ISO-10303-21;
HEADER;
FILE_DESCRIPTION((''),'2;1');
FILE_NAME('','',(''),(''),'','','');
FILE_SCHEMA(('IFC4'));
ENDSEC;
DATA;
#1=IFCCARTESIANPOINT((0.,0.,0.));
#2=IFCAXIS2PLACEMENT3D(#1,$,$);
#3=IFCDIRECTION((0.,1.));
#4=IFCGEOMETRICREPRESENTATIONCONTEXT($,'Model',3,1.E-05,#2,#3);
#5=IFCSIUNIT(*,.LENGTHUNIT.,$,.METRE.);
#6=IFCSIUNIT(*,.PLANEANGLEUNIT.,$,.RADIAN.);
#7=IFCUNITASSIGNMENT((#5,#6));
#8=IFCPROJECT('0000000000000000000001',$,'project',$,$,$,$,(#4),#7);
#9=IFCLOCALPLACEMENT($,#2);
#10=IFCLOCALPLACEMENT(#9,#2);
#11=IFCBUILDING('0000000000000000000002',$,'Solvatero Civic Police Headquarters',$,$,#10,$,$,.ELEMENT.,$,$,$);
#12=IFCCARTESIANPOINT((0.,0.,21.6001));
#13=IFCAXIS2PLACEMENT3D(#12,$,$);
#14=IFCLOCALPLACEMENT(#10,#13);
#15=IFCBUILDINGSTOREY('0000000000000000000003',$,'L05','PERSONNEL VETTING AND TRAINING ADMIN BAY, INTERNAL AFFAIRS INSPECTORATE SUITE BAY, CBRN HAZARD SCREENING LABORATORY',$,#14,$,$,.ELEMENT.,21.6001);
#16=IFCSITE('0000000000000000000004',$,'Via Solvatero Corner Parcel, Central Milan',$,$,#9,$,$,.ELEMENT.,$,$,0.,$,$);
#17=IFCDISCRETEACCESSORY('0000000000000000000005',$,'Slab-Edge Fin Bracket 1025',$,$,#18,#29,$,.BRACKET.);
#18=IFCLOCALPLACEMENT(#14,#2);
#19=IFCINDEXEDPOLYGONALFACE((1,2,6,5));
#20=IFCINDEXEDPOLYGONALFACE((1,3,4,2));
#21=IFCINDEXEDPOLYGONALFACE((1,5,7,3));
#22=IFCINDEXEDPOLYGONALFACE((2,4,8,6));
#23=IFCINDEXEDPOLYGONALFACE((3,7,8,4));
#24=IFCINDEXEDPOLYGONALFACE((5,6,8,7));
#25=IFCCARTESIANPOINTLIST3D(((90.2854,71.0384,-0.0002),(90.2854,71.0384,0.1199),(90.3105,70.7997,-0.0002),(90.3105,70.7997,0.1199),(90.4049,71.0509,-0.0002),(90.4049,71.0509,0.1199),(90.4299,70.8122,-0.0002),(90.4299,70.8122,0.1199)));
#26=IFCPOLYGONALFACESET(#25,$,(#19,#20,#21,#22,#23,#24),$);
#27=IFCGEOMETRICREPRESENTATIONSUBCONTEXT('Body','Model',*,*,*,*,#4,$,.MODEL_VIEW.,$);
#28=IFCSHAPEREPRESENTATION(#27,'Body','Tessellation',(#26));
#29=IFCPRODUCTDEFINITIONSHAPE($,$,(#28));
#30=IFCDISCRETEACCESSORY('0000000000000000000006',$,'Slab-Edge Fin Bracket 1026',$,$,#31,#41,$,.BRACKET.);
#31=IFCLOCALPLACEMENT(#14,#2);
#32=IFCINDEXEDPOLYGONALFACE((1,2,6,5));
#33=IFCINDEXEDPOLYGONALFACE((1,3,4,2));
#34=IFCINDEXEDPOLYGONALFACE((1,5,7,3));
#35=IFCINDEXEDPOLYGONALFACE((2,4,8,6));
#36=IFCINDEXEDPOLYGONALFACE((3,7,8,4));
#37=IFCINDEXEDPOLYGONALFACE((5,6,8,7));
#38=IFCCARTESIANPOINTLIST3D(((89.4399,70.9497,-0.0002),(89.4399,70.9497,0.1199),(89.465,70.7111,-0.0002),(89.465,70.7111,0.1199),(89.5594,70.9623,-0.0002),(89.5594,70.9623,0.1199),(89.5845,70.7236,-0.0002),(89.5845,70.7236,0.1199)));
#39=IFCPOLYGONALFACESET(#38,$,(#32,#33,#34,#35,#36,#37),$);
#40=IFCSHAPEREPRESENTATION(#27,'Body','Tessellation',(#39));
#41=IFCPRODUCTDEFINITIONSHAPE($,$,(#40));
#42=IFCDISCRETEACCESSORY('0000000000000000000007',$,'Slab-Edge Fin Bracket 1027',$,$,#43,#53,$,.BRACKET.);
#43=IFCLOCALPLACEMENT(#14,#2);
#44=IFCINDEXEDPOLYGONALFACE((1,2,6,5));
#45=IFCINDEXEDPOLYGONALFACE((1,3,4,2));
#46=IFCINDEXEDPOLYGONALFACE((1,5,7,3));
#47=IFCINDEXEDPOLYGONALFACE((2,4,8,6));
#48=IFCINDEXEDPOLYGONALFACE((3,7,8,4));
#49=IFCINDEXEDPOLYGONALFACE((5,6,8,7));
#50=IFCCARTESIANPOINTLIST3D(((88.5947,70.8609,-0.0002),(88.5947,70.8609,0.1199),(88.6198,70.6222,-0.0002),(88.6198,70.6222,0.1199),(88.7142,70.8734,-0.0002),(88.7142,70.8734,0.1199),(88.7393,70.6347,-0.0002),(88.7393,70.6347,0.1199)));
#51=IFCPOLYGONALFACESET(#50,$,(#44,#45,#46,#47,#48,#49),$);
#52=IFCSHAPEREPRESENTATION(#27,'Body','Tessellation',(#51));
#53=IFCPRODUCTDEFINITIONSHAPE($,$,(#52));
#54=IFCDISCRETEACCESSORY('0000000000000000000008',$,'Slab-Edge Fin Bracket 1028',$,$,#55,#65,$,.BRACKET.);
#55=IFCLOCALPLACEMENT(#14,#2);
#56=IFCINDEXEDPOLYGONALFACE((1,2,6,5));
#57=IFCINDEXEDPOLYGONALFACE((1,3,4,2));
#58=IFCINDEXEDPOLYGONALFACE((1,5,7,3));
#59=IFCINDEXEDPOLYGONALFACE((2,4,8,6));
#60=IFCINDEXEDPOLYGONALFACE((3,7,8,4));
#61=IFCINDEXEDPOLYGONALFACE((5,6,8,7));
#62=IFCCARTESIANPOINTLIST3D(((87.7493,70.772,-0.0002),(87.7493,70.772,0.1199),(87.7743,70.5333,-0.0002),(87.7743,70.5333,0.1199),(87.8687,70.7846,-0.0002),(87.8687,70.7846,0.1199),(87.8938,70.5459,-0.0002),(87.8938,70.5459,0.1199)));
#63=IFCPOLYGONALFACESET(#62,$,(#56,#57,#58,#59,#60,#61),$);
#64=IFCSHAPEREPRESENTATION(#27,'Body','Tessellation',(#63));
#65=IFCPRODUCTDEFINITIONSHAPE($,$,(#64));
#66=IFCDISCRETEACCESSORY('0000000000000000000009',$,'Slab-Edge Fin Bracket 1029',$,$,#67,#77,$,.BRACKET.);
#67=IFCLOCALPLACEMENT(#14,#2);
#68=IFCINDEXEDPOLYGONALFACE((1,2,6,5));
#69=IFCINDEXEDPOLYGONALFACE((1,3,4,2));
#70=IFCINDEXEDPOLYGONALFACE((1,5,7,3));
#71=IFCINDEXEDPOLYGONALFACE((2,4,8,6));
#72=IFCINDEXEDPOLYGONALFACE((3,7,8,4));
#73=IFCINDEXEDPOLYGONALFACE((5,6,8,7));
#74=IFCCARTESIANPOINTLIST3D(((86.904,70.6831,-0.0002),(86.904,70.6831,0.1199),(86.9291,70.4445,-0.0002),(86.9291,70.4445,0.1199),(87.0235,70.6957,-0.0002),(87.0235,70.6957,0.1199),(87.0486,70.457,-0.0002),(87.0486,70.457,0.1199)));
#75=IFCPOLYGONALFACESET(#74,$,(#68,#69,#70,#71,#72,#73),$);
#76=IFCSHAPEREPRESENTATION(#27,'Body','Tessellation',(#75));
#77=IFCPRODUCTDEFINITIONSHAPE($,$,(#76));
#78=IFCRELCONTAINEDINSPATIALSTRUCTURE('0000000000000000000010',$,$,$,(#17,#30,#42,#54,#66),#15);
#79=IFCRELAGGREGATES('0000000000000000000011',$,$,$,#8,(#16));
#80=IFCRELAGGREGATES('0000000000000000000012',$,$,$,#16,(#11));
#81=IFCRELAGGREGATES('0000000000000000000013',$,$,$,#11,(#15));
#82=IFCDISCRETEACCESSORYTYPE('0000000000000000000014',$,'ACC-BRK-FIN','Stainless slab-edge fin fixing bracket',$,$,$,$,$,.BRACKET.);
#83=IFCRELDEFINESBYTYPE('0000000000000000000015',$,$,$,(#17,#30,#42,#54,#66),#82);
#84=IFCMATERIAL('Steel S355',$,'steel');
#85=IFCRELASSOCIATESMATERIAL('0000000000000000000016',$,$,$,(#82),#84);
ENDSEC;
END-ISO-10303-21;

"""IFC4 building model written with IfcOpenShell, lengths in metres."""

from ifc_helpers import new_model, si_unit, direction, frame, origin, origin_2d, place, context, subcontext, project, spatial, rectangle, extrude, material, type_object, element, save


model = new_model("IFC4")

# Units and contexts
model_context = context("Model", 3, precision=1e-05, world=origin(), true_north=direction((0.0, 1.0)))
body_context = subcontext(model_context, "Body", "Model", "MODEL_VIEW")
ifc_project = project(units=[si_unit("LENGTHUNIT", "METRE"), si_unit("PLANEANGLEUNIT", "RADIAN")], contexts=[model_context])

# Site, building, storey
site_placement = place(None, origin())
site = spatial("IfcSite", under=ifc_project, at=site_placement, Name="Via Solvatero Corner Parcel, Central Milan", CompositionType="ELEMENT", RefElevation=0.0)
building_placement = place(site_placement, origin())
building = spatial("IfcBuilding", under=site, at=building_placement, Name="Solvatero Civic Police Headquarters", CompositionType="ELEMENT")
storey_placement = place(building_placement, frame((0.0, 0.0, 21.6001)))
storey = spatial("IfcBuildingStorey", under=building, at=storey_placement, Name="L05", Description="PERSONNEL VETTING AND TRAINING ADMIN BAY, INTERNAL AFFAIRS INSPECTORATE SUITE BAY, CBRN HAZARD SCREENING LABORATORY", CompositionType="ELEMENT", Elevation=21.6001)

# Discrete accessories
ifc_material_1 = material(Name="Steel S355", Category="steel")
discrete_accessory_type = type_object("IfcDiscreteAccessoryType", Name="ACC-BRK-FIN", Description="Stainless slab-edge fin fixing bracket", PredefinedType="BRACKET", material=ifc_material_1)
for number, where, z_axis, x_axis, name in (
    (1, (90.3577, 70.9253, -0.0002), (0.0, 0.0, 1.0), (-0.994522, -0.104528, 0.0), "Slab-Edge Fin Bracket 1025"),
    (2, (89.5122, 70.8367, -0.0002), (0.0, 0.0, 1.0), (-0.994522, -0.104528, 0.0), "Slab-Edge Fin Bracket 1026"),
    (3, (88.667, 70.7478, -0.0002), (0.0, 0.0, 1.0), (-0.994522, -0.104528, 0.0), "Slab-Edge Fin Bracket 1027"),
    (4, (87.8215, 70.6589, -0.0002), (0.0, 0.0, 1.0), (-0.994522, -0.104528, 0.0), "Slab-Edge Fin Bracket 1028"),
    (5, (86.9763, 70.5701, -0.0002), (0.0, 0.0, 1.0), (-0.994522, -0.104528, 0.0), "Slab-Edge Fin Bracket 1029"),
):
    element("IfcDiscreteAccessory", number, at=place(storey_placement, frame(where, z_axis=z_axis, x_axis=x_axis)), inside=storey, type_object=discrete_accessory_type, Name=name, PredefinedType="BRACKET", context=body_context, shape_type="SweptSolid", body=[
        extrude(rectangle(XDim=0.1201, YDim=0.24, at=origin_2d()), origin(), (0.0, 0.0, 1.0), 0.1201),
    ])

save(model, "model.ifc")
